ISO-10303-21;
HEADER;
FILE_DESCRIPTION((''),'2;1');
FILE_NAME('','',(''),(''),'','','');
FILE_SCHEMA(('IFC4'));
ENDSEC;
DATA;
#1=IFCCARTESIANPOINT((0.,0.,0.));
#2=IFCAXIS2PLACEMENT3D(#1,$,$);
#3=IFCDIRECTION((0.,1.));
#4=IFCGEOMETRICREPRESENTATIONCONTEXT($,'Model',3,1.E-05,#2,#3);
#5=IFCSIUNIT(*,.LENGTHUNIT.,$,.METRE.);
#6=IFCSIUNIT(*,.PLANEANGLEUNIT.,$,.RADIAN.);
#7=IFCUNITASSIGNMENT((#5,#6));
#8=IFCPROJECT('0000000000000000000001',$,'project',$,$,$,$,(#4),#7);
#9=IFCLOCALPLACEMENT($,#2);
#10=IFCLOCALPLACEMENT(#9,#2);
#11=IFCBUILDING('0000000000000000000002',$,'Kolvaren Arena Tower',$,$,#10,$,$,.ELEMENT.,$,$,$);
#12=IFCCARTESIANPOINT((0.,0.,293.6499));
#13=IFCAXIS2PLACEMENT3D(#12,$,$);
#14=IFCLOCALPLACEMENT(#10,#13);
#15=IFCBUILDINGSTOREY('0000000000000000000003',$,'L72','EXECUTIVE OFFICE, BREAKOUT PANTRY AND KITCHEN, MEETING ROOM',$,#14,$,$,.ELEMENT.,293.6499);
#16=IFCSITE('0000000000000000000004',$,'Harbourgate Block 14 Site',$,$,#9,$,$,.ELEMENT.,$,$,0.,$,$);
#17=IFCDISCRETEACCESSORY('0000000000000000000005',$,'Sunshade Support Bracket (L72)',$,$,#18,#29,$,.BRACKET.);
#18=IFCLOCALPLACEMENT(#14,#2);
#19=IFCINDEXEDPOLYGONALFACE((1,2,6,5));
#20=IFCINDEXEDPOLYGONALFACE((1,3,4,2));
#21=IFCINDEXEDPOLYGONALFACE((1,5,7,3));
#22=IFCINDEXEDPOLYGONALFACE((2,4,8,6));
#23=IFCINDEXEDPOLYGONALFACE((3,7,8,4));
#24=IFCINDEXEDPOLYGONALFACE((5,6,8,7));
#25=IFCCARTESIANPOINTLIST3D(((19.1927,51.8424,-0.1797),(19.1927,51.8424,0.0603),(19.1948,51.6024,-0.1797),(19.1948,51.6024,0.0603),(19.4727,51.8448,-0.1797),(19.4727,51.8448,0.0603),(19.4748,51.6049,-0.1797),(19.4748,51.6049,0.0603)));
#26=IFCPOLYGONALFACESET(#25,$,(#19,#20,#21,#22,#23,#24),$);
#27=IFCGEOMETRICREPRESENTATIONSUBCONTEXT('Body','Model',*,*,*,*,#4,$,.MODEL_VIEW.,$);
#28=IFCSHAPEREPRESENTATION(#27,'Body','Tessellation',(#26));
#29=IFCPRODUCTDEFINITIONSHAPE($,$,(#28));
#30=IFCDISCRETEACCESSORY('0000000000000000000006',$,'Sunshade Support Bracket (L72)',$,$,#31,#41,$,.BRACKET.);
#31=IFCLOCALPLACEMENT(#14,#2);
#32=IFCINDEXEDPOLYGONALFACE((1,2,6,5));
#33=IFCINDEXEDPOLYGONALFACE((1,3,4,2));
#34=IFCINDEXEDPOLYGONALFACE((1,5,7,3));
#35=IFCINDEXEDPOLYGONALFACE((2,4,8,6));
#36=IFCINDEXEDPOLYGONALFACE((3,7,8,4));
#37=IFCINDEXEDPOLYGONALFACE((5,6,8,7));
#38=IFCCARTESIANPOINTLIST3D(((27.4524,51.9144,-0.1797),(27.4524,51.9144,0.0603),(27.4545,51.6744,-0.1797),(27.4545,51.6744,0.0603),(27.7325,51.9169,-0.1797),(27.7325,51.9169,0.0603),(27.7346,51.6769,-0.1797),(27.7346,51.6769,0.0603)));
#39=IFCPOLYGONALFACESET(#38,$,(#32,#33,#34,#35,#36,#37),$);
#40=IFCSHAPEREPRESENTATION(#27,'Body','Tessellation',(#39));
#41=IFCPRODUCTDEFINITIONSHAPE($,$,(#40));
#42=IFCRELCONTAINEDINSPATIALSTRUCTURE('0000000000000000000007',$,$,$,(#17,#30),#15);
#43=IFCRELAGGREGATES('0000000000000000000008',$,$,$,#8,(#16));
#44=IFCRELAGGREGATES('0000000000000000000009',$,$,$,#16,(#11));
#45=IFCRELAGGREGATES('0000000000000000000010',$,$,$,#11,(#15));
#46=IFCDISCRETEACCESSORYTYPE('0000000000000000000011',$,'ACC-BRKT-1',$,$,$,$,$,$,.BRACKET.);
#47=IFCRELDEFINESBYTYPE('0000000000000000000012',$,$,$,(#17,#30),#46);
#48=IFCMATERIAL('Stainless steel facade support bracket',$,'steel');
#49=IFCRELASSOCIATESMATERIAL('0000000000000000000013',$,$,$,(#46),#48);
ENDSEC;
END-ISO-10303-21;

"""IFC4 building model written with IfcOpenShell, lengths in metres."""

from ifc_helpers import new_model, si_unit, direction, frame, origin, origin_2d, place, context, subcontext, project, spatial, rectangle, extrude, material, type_object, element, save


model = new_model("IFC4")

# Units and contexts
model_context = context("Model", 3, precision=1e-05, world=origin(), true_north=direction((0.0, 1.0)))
body_context = subcontext(model_context, "Body", "Model", "MODEL_VIEW")
ifc_project = project(units=[si_unit("LENGTHUNIT", "METRE"), si_unit("PLANEANGLEUNIT", "RADIAN")], contexts=[model_context])

# Site, building, storey
site_placement = place(None, origin())
site = spatial("IfcSite", under=ifc_project, at=site_placement, Name="Harbourgate Block 14 Site", CompositionType="ELEMENT", RefElevation=0.0)
building_placement = place(site_placement, origin())
building = spatial("IfcBuilding", under=site, at=building_placement, Name="Kolvaren Arena Tower", CompositionType="ELEMENT")
storey_placement = place(building_placement, frame((0.0, 0.0, 293.6499)))
storey = spatial("IfcBuildingStorey", under=building, at=storey_placement, Name="L72", Description="EXECUTIVE OFFICE, BREAKOUT PANTRY AND KITCHEN, MEETING ROOM", CompositionType="ELEMENT", Elevation=293.6499)

# Discrete accessories
ifc_material_1 = material(Name="Stainless steel facade support bracket", Category="steel")
discrete_accessory_type = type_object("IfcDiscreteAccessoryType", Name="ACC-BRKT-1", PredefinedType="BRACKET", material=ifc_material_1)
for number, where, z_axis, x_axis, name in (
    (1, (19.3337, 51.7236, -0.1797), (0.0, 0.0, 1.0), (0.999962, 0.008727, 0.0), "Sunshade Support Bracket (L72)"),
    (2, (27.5935, 51.7957, -0.1797), (0.0, 0.0, 1.0), (0.999962, 0.008727, 0.0), "Sunshade Support Bracket (L72)"),
):
    element("IfcDiscreteAccessory", number, at=place(storey_placement, frame(where, z_axis=z_axis, x_axis=x_axis)), inside=storey, type_object=discrete_accessory_type, Name=name, PredefinedType="BRACKET", context=body_context, shape_type="SweptSolid", body=[
        extrude(rectangle(XDim=0.28, YDim=0.24, at=origin_2d()), origin(), (0.0, 0.0, 1.0), 0.24),
    ])

save(model, "model.ifc")
